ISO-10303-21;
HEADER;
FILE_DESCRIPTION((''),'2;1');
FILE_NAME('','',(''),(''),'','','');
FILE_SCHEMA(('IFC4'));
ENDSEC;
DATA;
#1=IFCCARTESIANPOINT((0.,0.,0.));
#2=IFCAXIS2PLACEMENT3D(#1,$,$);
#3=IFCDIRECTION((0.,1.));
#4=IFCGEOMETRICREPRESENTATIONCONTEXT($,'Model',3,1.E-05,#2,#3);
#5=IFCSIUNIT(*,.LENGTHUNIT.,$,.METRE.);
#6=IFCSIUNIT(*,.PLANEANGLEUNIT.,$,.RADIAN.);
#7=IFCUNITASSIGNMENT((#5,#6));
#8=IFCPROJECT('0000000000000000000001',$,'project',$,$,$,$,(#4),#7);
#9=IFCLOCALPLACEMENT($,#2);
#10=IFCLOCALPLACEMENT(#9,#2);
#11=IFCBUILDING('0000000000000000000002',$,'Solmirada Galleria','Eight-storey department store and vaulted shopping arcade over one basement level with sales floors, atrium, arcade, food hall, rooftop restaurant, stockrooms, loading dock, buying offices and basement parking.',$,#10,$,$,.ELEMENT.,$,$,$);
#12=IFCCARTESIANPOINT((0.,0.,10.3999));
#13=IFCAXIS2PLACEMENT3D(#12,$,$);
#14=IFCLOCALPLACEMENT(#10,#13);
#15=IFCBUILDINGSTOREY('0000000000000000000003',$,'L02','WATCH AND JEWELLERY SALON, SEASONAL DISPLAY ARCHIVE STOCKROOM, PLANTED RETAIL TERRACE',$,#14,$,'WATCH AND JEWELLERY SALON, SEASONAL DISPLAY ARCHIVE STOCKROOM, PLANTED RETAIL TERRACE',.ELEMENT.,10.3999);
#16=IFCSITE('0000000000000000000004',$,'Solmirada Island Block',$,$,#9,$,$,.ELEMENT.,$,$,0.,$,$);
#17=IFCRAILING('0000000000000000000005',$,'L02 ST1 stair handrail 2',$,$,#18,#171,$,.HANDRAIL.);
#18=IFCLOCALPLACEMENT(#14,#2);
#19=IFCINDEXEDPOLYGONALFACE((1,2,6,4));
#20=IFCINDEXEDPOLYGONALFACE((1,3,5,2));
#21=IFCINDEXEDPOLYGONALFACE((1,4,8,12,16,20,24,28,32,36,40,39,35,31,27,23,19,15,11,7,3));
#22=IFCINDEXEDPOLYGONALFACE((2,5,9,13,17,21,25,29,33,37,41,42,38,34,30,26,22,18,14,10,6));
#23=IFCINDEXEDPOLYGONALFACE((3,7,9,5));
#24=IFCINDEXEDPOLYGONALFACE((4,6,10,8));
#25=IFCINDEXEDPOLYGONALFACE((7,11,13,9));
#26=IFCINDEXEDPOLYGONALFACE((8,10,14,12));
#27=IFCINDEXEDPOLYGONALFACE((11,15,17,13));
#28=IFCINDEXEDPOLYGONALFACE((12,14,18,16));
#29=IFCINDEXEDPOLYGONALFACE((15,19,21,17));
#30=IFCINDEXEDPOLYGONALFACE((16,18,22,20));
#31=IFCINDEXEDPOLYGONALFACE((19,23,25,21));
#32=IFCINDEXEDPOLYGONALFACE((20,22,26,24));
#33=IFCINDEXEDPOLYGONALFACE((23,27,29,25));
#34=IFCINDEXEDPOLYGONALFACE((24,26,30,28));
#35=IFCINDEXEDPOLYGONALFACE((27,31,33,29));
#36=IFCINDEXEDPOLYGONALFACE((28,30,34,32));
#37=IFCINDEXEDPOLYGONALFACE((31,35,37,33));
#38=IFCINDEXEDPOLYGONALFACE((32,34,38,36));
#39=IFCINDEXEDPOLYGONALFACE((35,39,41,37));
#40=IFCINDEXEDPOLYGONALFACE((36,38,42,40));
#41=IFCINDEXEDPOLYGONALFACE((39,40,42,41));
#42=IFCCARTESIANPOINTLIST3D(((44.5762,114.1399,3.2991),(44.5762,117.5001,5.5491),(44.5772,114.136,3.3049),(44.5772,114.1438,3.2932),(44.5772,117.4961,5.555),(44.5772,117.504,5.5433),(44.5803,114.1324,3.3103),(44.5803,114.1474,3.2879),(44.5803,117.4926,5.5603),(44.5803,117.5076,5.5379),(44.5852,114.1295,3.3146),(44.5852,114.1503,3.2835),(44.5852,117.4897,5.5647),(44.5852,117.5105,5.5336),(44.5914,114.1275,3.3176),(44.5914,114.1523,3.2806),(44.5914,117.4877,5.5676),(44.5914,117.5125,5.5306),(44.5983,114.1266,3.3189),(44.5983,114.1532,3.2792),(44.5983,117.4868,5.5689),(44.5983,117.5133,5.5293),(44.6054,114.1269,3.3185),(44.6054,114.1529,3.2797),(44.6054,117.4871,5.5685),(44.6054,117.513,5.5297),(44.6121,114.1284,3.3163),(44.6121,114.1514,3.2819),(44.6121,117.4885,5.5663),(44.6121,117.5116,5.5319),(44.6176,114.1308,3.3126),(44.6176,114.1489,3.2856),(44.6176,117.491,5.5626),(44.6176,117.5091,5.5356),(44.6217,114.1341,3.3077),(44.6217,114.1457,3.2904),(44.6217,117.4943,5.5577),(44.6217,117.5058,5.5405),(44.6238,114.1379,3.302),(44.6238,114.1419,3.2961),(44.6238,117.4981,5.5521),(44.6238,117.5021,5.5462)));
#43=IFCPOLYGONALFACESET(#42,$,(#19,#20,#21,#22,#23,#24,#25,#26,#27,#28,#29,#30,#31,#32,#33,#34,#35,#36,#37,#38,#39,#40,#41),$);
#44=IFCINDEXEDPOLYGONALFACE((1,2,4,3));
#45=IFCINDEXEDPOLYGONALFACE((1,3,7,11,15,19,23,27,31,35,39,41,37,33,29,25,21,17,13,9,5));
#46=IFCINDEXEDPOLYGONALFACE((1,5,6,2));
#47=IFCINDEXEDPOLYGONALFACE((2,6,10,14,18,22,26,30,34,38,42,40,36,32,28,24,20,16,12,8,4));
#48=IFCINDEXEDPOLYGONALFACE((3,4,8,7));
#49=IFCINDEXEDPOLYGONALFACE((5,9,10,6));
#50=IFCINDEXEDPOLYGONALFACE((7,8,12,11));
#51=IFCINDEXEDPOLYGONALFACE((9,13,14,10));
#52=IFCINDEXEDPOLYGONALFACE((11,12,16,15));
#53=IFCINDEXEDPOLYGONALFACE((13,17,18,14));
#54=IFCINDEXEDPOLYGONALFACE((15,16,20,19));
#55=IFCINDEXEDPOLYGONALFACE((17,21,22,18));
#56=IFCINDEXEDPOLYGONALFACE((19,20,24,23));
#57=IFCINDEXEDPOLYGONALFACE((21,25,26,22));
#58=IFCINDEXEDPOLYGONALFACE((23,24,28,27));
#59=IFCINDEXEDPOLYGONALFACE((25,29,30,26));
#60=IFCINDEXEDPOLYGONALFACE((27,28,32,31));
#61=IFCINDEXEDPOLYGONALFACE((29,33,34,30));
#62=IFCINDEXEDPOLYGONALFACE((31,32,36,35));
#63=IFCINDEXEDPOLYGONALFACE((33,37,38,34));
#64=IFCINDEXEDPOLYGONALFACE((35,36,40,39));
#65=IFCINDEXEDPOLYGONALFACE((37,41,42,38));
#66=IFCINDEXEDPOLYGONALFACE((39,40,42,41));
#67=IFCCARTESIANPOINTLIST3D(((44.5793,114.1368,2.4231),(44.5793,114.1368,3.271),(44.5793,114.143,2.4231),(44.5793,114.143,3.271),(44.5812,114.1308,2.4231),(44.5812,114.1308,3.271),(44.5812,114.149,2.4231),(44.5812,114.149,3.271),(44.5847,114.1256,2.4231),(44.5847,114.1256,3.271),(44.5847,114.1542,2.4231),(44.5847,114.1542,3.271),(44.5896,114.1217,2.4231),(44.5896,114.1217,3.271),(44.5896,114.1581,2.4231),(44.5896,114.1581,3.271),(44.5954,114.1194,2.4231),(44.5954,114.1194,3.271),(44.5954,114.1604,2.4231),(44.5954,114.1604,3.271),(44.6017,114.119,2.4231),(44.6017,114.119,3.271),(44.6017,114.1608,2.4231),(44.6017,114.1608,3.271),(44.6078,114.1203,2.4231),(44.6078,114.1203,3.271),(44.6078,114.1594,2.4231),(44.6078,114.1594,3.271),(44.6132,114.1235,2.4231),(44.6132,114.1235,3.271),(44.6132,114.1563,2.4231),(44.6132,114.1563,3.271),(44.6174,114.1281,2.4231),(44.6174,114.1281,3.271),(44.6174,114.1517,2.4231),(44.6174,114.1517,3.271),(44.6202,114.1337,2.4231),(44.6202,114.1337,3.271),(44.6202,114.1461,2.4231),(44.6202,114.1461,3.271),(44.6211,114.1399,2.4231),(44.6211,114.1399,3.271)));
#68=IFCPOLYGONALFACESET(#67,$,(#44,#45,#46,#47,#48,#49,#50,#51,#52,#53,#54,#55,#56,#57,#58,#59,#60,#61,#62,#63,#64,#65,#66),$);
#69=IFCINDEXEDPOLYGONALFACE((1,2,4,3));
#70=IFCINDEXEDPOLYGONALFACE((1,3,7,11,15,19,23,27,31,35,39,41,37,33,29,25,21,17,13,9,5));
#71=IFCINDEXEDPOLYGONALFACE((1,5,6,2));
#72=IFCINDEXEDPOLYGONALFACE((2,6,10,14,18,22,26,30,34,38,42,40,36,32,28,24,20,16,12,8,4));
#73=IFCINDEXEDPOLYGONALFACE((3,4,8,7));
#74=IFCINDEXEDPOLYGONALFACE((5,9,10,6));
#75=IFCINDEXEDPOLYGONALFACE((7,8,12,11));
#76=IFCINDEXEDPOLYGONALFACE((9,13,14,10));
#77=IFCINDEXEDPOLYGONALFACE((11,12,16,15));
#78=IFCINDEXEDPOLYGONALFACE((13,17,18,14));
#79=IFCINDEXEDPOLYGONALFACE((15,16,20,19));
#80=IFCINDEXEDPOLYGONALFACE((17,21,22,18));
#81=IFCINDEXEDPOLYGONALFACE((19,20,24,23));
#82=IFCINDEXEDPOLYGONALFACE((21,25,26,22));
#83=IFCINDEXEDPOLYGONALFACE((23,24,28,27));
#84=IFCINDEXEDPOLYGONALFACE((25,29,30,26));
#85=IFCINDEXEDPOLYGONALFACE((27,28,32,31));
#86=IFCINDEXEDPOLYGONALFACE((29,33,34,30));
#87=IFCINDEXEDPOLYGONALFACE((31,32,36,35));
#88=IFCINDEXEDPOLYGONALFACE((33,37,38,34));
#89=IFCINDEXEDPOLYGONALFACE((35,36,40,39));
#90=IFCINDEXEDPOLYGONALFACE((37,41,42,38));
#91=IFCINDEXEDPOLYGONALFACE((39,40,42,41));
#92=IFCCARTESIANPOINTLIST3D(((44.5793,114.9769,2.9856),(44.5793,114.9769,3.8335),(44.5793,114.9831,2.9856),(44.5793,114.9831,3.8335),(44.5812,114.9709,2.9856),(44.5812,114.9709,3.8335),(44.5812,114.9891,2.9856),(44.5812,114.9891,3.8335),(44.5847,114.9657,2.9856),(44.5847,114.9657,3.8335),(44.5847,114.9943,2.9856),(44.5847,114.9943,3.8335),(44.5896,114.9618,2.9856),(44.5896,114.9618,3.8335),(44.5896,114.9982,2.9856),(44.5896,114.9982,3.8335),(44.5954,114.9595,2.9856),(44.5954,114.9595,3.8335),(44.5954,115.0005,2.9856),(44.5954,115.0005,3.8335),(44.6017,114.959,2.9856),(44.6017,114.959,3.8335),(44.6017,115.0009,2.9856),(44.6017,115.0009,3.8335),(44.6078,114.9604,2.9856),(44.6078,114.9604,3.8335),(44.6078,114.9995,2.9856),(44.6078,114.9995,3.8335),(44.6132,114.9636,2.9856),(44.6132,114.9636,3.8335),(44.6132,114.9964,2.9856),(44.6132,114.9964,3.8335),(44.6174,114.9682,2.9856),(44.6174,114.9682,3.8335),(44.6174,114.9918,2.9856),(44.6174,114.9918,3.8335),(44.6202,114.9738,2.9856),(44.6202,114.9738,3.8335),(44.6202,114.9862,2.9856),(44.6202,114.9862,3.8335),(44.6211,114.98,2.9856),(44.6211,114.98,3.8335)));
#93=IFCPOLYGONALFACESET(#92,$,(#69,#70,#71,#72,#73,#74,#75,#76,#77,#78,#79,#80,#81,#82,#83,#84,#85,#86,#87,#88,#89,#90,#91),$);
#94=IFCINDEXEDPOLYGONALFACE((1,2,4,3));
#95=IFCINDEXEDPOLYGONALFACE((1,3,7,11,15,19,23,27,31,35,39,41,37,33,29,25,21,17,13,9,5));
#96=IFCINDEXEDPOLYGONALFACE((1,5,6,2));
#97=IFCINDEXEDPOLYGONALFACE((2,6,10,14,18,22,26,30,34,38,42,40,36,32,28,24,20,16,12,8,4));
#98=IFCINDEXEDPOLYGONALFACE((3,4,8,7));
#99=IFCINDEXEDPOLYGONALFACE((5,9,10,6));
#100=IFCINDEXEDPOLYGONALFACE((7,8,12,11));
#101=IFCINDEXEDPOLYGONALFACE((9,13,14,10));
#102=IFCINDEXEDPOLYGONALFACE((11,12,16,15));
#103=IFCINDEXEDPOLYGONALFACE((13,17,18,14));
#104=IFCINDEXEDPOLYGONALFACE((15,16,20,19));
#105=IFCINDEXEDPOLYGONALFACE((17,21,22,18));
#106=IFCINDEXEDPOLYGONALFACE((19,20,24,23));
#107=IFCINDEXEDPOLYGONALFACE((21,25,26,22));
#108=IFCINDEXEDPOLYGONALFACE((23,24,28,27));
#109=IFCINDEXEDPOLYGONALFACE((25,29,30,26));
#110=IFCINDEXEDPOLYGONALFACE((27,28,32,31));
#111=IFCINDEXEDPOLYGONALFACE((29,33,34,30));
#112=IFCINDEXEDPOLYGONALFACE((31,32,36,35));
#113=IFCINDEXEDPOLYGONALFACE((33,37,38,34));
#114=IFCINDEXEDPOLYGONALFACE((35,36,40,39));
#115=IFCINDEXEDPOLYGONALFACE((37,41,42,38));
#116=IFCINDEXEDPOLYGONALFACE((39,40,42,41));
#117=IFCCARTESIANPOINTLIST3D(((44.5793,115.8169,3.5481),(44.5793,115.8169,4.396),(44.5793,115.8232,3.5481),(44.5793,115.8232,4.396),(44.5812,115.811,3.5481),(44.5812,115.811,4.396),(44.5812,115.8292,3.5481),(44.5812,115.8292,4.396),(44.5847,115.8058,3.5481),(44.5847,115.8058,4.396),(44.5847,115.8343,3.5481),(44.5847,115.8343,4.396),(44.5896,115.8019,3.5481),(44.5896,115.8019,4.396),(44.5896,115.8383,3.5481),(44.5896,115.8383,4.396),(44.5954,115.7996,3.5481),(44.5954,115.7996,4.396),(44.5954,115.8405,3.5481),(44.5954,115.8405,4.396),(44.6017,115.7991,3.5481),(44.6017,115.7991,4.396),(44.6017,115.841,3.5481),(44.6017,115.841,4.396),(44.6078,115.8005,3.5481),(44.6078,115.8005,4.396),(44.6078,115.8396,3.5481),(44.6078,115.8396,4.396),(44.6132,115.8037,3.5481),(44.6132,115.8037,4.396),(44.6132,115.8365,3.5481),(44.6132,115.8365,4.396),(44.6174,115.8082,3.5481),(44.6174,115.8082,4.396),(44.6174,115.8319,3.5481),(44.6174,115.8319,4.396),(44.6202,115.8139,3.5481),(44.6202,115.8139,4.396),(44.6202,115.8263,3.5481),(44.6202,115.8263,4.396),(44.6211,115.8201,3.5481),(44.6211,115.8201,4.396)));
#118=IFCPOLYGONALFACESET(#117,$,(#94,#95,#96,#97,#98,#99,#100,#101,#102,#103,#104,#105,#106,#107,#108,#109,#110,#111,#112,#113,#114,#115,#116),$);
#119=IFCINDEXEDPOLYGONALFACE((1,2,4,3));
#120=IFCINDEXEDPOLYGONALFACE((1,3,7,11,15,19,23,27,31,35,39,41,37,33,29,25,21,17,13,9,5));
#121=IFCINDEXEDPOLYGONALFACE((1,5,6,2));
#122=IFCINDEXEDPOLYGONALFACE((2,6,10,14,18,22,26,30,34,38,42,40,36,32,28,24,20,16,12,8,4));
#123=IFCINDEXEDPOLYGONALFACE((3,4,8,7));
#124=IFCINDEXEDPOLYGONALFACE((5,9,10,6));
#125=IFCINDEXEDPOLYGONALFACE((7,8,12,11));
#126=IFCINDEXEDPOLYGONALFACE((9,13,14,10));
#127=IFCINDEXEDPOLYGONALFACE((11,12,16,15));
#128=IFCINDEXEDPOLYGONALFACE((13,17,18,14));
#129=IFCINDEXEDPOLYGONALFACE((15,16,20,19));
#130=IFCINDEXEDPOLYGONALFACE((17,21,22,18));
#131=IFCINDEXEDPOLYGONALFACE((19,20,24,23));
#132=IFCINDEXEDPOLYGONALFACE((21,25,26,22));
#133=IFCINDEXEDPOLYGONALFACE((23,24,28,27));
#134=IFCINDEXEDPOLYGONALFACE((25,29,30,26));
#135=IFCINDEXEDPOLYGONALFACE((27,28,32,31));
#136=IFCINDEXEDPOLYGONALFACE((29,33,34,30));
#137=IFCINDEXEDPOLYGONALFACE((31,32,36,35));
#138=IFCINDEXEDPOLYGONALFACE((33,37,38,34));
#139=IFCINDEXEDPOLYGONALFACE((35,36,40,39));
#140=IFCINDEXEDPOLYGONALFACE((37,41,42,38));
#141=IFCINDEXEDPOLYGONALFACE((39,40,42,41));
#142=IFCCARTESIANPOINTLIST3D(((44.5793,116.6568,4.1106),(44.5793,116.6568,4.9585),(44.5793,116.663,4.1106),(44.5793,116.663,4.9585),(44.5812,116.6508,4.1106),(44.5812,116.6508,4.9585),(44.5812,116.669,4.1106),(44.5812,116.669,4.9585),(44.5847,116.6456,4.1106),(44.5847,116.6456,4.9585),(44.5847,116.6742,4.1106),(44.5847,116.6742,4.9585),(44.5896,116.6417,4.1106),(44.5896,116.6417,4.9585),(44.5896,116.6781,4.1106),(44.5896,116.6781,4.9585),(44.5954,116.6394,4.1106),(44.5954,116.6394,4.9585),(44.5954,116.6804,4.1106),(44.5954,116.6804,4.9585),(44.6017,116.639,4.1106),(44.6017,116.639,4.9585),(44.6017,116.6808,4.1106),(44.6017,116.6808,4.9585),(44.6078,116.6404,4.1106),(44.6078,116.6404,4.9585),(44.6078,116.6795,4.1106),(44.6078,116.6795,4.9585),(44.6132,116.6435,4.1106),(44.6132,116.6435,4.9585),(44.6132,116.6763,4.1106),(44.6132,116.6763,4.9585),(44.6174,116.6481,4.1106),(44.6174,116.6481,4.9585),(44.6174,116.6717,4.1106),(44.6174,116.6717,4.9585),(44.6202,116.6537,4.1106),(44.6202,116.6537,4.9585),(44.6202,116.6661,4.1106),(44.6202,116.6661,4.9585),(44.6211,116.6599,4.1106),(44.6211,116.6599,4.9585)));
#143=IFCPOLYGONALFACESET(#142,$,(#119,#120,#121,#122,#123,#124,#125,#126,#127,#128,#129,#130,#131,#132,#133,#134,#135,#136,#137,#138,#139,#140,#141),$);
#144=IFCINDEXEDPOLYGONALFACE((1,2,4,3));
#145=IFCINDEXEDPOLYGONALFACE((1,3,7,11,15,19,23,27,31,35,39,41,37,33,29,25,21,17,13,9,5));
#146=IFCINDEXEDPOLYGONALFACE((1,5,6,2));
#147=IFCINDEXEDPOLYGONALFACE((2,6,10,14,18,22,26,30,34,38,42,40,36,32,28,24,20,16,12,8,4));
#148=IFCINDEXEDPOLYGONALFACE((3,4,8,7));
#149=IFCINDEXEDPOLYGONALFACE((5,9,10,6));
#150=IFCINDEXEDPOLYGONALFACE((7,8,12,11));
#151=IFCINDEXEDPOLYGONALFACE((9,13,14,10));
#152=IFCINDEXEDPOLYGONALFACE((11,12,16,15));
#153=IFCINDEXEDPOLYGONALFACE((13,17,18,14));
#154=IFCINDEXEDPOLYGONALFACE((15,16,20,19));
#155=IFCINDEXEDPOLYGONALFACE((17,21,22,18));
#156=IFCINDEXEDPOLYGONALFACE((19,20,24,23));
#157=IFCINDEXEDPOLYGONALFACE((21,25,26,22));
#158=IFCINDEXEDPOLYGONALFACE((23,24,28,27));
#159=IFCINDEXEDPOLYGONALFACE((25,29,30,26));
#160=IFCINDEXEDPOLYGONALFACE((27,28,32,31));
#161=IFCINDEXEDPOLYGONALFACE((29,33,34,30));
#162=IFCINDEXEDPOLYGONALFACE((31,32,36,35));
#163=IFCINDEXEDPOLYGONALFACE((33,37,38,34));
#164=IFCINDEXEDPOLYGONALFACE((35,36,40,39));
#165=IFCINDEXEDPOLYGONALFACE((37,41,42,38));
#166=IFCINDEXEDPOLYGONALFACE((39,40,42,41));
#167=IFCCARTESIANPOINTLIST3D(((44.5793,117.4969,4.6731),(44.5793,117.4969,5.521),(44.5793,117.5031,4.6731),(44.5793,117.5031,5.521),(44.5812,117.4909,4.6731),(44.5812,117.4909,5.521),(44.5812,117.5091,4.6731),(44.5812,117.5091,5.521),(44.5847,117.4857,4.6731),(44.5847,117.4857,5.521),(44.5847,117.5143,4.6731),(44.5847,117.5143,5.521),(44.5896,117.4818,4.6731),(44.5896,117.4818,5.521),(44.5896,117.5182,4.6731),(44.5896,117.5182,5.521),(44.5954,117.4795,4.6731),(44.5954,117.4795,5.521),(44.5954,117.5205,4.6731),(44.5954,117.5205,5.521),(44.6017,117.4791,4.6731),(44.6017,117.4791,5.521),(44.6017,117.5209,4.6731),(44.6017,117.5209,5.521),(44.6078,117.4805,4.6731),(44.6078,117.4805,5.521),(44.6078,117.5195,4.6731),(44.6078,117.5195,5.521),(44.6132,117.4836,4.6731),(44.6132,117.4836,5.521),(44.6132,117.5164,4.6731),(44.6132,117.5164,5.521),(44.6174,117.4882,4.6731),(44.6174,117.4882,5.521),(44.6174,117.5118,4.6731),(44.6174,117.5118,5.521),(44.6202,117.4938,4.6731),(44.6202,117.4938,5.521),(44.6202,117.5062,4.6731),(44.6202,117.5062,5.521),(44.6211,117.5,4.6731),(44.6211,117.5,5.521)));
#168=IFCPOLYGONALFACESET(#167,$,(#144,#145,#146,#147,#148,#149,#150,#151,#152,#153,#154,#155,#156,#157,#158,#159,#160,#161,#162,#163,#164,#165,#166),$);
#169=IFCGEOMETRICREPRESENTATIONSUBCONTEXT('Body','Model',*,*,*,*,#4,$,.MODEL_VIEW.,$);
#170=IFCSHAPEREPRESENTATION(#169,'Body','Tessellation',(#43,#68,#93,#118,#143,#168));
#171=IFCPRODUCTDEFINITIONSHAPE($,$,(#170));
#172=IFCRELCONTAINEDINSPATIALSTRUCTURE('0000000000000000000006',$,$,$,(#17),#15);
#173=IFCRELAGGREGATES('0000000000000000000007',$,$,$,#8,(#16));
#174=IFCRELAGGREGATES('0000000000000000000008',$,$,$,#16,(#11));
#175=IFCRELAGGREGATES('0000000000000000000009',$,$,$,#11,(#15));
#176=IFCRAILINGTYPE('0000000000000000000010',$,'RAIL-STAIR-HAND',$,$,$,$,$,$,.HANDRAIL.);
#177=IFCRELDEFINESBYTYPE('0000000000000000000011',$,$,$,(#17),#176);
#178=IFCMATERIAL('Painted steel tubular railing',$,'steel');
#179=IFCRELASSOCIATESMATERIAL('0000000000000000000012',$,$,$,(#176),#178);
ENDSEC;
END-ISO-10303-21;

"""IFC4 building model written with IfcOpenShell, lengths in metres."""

from ifc_helpers import new_model, si_unit, direction, frame, origin, origin_2d, place, context, subcontext, project, spatial, circle, extrude, material, type_object, element, save


model = new_model("IFC4")

# Units and contexts
model_context = context("Model", 3, precision=1e-05, world=origin(), true_north=direction((0.0, 1.0)))
body_context = subcontext(model_context, "Body", "Model", "MODEL_VIEW")
ifc_project = project(units=[si_unit("LENGTHUNIT", "METRE"), si_unit("PLANEANGLEUNIT", "RADIAN")], contexts=[model_context])

# Site, building, storey
site_placement = place(None, origin())
site = spatial("IfcSite", under=ifc_project, at=site_placement, Name="Solmirada Island Block", CompositionType="ELEMENT", RefElevation=0.0)
building_placement = place(site_placement, origin())
building = spatial("IfcBuilding", under=site, at=building_placement, Name="Solmirada Galleria", Description="Eight-storey department store and vaulted shopping arcade over one basement level with sales floors, atrium, arcade, food hall, rooftop restaurant, stockrooms, loading dock, buying offices and basement parking.", CompositionType="ELEMENT")
storey_placement = place(building_placement, frame((0.0, 0.0, 10.3999)))
storey = spatial("IfcBuildingStorey", under=building, at=storey_placement, Name="L02", Description="WATCH AND JEWELLERY SALON, SEASONAL DISPLAY ARCHIVE STOCKROOM, PLANTED RETAIL TERRACE", LongName="WATCH AND JEWELLERY SALON, SEASONAL DISPLAY ARCHIVE STOCKROOM, PLANTED RETAIL TERRACE", CompositionType="ELEMENT", Elevation=10.3999)

# Railing
ifc_material_1 = material(Name="Painted steel tubular railing", Category="steel")
railing_type_1 = type_object("IfcRailingType", Name="RAIL-STAIR-HAND", PredefinedType="HANDRAIL", material=ifc_material_1)
railing_1_placement = place(storey_placement, frame((44.6001, 114.1399, 2.4231)))
element("IfcRailing", 1, at=railing_1_placement, inside=storey, type_object=railing_type_1, Name="L02 ST1 stair handrail 2", PredefinedType="HANDRAIL", context=body_context, shape_type="SweptSolid", body=[
    extrude(circle(Radius=0.0239, at=origin_2d()), frame((0.0, 0.0, 0.876), z_axis=(0.0, 0.830915, 0.556399), x_axis=(-1.0, 0.0, 0.0)), (0.0, 0.0, 1.0), 4.0439),
    extrude(circle(Radius=0.021, at=origin_2d()), origin(), (0.0, 0.0, 1.0), 0.8479),
    extrude(circle(Radius=0.021, at=origin_2d()), frame((0.0, 0.8401, 0.5625)), (0.0, 0.0, 1.0), 0.8479),
    extrude(circle(Radius=0.021, at=origin_2d()), frame((0.0, 1.6802, 1.125)), (0.0, 0.0, 1.0), 0.8479),
    extrude(circle(Radius=0.021, at=origin_2d()), frame((0.0, 2.52, 1.6875)), (0.0, 0.0, 1.0), 0.8479),
    extrude(circle(Radius=0.021, at=origin_2d()), frame((0.0, 3.3601, 2.25)), (0.0, 0.0, 1.0), 0.8479),
])

save(model, "model.ifc")
